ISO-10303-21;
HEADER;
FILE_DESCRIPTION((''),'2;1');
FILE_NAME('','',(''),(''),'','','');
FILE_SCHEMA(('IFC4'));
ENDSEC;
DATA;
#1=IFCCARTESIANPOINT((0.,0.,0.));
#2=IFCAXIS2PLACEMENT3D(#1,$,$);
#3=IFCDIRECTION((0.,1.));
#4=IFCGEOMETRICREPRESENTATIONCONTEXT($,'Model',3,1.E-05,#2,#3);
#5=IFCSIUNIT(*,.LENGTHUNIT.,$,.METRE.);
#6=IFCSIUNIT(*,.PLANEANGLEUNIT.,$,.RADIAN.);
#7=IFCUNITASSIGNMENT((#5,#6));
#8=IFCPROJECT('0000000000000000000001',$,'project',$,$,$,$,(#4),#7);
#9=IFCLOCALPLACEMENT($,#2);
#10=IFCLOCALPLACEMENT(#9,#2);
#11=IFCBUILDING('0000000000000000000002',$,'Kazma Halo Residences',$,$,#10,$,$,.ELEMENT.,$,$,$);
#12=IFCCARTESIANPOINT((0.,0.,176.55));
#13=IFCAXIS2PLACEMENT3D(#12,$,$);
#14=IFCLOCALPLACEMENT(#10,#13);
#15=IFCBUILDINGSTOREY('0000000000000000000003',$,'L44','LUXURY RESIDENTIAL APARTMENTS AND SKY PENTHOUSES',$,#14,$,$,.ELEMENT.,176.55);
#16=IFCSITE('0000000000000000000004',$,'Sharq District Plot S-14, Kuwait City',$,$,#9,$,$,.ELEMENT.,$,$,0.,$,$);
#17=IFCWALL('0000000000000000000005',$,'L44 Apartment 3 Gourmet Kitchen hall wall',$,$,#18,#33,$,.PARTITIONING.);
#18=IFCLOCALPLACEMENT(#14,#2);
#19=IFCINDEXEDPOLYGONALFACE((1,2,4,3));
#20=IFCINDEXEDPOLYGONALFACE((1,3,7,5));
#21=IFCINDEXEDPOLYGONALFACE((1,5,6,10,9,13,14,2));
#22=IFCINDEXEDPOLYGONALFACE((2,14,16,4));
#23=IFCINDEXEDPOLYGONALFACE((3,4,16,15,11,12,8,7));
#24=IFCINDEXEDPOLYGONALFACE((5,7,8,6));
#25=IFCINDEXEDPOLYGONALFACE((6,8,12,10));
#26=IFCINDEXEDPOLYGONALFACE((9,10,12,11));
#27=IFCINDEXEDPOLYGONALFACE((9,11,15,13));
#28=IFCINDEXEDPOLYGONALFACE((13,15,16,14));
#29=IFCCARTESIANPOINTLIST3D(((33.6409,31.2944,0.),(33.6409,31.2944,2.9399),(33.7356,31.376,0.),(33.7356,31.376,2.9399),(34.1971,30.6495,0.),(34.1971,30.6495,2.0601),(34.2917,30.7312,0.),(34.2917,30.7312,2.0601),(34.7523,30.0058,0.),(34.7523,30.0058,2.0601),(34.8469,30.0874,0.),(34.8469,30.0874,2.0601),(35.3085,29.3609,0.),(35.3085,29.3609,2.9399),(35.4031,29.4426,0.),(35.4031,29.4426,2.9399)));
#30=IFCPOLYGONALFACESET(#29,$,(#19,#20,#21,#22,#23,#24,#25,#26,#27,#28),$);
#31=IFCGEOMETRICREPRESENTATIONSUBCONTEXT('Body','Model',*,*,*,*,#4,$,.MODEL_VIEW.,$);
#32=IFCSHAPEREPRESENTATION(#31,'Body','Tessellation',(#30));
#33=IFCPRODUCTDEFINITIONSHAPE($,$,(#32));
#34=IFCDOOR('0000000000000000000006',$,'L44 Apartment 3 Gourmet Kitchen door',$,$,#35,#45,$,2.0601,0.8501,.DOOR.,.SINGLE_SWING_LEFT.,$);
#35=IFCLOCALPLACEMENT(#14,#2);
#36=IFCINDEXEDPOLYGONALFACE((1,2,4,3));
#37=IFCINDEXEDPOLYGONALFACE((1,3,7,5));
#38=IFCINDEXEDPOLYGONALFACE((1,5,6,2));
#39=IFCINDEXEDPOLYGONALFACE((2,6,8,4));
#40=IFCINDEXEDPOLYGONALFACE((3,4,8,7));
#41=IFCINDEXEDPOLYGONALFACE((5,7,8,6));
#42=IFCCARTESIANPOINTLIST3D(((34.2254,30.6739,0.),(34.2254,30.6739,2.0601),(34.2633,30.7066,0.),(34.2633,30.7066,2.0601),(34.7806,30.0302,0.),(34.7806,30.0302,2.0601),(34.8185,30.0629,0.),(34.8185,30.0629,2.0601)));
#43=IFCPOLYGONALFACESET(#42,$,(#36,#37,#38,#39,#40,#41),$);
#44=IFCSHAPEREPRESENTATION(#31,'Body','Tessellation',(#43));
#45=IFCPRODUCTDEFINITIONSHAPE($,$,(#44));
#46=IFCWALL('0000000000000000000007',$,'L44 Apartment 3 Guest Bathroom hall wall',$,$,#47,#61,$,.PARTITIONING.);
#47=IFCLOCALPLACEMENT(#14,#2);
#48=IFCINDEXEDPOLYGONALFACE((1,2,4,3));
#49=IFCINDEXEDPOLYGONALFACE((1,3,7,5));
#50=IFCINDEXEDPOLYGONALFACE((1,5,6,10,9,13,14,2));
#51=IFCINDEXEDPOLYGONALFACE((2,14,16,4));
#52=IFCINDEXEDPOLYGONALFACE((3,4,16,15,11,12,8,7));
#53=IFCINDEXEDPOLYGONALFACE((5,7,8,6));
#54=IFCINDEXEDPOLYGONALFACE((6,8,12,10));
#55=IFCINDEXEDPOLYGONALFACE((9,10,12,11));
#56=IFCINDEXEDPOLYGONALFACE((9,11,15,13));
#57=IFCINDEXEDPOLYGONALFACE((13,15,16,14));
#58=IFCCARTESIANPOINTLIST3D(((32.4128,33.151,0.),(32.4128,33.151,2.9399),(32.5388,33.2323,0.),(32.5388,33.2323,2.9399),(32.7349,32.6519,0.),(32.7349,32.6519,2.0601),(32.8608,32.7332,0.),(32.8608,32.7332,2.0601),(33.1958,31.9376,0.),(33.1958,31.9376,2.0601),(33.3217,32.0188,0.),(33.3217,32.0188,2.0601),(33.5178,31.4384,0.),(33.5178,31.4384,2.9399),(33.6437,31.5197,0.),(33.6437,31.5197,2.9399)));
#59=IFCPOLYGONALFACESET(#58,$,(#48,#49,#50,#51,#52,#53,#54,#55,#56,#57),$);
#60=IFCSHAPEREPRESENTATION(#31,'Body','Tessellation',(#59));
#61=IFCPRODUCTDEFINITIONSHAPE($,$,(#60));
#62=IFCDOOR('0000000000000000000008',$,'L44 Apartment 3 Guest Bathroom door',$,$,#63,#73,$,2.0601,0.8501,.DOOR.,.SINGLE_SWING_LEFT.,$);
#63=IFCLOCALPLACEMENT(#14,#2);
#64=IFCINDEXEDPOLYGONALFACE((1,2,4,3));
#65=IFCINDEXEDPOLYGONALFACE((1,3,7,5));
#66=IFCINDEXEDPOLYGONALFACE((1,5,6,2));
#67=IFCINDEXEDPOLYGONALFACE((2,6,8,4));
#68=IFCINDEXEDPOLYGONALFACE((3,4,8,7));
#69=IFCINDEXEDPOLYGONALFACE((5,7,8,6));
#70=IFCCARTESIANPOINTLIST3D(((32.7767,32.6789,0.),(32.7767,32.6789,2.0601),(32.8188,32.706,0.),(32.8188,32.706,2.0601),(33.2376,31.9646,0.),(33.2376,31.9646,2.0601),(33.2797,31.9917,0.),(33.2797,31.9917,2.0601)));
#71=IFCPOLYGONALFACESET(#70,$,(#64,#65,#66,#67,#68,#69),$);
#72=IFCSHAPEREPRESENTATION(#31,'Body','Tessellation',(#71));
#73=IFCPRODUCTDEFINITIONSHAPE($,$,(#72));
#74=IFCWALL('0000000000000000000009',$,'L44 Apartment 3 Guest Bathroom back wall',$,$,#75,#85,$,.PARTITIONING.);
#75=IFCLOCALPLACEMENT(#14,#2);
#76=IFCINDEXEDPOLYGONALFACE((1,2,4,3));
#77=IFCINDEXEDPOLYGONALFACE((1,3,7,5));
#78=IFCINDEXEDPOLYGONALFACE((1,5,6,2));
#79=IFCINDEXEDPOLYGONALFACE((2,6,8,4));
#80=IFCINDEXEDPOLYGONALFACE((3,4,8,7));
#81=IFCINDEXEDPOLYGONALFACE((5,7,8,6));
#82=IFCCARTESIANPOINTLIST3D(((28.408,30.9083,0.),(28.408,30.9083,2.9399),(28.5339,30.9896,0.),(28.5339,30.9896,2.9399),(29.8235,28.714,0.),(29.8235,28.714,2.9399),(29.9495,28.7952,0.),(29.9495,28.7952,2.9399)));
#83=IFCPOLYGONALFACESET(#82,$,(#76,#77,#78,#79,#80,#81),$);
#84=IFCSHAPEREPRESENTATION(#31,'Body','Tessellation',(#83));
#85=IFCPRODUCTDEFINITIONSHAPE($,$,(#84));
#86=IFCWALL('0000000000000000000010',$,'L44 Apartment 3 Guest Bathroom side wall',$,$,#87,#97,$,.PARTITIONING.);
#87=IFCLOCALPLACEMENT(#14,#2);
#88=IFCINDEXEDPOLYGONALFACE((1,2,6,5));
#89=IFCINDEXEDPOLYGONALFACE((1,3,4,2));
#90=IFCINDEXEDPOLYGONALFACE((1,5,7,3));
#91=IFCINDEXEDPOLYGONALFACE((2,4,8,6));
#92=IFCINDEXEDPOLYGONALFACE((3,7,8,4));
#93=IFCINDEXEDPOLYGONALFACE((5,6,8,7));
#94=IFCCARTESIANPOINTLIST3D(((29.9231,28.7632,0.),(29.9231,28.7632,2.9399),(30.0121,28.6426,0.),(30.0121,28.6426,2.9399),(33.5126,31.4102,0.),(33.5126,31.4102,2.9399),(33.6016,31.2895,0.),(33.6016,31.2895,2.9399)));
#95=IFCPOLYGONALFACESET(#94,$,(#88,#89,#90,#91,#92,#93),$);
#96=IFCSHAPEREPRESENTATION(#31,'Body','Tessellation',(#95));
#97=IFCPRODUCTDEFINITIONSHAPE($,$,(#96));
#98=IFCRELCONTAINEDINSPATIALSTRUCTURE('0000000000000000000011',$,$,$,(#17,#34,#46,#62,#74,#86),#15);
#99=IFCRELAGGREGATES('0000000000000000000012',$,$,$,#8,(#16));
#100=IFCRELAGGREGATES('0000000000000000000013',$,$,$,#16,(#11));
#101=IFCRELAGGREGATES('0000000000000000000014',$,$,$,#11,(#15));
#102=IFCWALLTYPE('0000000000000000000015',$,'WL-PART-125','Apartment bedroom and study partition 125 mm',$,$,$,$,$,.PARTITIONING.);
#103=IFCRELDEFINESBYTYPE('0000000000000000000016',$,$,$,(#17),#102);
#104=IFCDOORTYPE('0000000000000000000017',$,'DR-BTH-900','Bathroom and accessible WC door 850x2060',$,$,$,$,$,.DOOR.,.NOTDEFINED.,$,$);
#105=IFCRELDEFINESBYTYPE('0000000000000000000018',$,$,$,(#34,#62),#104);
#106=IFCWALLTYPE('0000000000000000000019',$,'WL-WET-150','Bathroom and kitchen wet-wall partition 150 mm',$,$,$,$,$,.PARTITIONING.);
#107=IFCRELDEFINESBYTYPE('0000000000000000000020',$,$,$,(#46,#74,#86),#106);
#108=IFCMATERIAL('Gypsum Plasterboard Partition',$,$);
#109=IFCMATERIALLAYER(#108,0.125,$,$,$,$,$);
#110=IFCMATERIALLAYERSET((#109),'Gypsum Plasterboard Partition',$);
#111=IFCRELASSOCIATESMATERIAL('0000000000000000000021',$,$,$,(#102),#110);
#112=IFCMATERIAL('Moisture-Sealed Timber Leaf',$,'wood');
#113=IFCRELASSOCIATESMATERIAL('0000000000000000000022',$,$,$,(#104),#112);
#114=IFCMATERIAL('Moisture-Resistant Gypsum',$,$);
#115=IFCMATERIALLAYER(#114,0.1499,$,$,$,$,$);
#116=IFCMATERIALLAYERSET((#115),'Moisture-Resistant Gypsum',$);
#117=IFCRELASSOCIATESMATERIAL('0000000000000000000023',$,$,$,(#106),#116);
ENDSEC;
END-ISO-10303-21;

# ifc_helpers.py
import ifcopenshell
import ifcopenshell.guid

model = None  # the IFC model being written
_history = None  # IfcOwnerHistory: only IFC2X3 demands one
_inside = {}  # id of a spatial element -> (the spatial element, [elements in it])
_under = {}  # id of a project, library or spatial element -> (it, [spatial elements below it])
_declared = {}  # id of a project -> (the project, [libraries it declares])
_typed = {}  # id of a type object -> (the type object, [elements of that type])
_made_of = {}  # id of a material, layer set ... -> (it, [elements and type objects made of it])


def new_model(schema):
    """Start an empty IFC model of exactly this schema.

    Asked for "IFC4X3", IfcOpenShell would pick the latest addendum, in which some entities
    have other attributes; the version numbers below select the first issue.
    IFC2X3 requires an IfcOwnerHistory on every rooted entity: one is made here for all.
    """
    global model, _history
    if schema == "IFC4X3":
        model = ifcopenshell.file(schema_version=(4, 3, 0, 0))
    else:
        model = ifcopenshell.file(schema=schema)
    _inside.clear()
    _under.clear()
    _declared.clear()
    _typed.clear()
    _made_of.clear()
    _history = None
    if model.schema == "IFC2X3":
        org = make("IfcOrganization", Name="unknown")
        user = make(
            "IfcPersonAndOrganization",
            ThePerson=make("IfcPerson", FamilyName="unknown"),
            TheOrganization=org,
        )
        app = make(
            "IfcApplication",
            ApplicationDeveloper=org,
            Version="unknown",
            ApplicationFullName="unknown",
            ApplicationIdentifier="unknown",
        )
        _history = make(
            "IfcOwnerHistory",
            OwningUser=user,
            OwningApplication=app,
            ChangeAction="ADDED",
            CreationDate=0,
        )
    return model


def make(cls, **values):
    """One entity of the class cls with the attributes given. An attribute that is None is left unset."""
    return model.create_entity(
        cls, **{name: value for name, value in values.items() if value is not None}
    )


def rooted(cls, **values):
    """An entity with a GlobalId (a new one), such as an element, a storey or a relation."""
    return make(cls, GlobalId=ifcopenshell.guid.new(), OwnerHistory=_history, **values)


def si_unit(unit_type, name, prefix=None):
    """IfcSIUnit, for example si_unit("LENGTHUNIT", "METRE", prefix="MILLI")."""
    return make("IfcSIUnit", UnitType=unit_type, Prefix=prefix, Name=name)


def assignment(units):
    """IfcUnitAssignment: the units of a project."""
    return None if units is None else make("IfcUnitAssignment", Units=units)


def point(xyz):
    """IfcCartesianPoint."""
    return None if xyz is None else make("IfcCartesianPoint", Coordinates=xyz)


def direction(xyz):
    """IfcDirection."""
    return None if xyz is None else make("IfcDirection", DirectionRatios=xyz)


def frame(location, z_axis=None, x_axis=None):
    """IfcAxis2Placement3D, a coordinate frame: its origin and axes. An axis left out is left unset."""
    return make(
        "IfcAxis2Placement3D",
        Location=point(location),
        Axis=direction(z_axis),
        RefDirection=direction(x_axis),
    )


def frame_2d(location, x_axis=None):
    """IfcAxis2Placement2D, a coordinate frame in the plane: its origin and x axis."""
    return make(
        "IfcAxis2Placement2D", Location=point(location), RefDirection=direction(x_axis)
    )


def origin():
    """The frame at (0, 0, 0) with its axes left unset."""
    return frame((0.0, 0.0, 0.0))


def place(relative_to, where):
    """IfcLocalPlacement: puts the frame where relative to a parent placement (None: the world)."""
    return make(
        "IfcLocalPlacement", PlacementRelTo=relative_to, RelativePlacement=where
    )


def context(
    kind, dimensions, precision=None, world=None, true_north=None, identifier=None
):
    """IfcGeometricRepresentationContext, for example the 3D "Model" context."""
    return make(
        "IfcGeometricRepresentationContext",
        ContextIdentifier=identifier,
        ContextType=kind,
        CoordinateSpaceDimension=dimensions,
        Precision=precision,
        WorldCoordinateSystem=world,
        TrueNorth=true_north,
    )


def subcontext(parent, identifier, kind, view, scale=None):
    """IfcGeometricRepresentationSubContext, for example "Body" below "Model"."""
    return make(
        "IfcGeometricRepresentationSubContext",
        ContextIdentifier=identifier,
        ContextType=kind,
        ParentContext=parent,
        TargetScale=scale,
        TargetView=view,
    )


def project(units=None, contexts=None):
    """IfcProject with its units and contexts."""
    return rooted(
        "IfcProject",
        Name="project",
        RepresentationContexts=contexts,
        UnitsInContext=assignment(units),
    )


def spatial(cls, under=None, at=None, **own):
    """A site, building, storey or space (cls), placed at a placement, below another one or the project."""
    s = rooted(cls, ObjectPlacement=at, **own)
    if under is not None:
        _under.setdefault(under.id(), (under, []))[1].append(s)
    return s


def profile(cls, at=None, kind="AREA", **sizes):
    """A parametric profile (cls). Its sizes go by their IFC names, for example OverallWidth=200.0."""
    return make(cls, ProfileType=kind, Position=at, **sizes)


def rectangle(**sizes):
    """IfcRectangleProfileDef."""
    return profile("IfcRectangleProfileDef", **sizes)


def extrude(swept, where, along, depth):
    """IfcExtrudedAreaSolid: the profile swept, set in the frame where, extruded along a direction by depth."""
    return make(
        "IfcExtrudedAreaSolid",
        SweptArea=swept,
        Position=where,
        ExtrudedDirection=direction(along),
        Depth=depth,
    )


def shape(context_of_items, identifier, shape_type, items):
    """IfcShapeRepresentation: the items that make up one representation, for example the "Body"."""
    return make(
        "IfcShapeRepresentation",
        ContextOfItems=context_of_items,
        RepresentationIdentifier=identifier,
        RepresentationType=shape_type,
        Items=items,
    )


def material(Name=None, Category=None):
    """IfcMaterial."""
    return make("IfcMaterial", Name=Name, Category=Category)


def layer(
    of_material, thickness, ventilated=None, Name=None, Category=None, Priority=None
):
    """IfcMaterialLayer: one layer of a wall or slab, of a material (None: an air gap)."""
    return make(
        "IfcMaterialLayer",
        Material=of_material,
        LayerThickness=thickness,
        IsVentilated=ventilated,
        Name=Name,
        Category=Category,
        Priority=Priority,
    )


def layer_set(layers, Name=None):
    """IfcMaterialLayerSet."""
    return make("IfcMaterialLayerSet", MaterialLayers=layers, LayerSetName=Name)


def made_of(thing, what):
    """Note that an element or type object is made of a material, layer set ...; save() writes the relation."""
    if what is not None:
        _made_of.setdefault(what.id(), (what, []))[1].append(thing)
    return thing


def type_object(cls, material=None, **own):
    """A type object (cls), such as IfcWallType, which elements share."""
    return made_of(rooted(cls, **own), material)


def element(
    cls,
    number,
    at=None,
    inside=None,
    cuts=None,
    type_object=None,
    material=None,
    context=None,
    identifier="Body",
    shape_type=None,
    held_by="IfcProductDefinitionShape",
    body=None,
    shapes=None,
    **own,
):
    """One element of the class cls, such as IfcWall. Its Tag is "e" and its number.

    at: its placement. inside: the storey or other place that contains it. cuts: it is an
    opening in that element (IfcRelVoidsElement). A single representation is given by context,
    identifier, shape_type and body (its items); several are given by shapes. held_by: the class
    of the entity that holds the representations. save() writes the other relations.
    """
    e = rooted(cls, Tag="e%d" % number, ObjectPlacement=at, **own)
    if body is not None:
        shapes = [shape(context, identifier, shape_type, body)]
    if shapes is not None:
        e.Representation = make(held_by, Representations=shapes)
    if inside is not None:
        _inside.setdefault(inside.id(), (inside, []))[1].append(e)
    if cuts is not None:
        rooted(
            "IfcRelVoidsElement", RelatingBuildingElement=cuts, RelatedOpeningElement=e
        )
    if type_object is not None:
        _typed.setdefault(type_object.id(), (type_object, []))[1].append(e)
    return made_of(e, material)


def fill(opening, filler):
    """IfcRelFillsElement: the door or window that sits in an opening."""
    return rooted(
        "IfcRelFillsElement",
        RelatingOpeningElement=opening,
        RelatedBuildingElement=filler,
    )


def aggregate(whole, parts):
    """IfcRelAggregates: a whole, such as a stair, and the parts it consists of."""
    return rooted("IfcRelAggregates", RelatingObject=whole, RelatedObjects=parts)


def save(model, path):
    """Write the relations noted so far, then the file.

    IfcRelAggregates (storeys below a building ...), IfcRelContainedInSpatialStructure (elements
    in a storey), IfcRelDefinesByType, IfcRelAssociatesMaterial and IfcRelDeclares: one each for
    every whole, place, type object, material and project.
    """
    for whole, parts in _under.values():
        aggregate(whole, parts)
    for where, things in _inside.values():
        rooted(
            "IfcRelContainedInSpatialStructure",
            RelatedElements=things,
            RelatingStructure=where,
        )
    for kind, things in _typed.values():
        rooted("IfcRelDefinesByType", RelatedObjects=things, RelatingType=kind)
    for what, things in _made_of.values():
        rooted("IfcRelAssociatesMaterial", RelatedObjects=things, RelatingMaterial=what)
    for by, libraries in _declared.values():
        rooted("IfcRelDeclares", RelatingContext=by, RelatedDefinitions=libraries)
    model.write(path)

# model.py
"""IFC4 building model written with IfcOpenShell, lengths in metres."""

from ifc_helpers import new_model, si_unit, direction, frame, frame_2d, origin, place, context, subcontext, project, spatial, rectangle, extrude, material, layer, layer_set, type_object, element, fill, save


model = new_model("IFC4")

# Units and contexts
model_context = context("Model", 3, precision=1e-05, world=origin(), true_north=direction((0.0, 1.0)))
body_context = subcontext(model_context, "Body", "Model", "MODEL_VIEW")
ifc_project = project(units=[si_unit("LENGTHUNIT", "METRE"), si_unit("PLANEANGLEUNIT", "RADIAN")], contexts=[model_context])

# Site, building, storey
site_placement = place(None, origin())
site = spatial("IfcSite", under=ifc_project, at=site_placement, Name="Sharq District Plot S-14, Kuwait City", CompositionType="ELEMENT", RefElevation=0.0)
building_placement = place(site_placement, origin())
building = spatial("IfcBuilding", under=site, at=building_placement, Name="Kazma Halo Residences", CompositionType="ELEMENT")
storey_placement = place(building_placement, frame((0.0, 0.0, 176.55)))
storey = spatial("IfcBuildingStorey", under=building, at=storey_placement, Name="L44", Description="LUXURY RESIDENTIAL APARTMENTS AND SKY PENTHOUSES", CompositionType="ELEMENT", Elevation=176.55)

# Shared definitions
ifc_material_1 = material(Name="Gypsum Plasterboard Partition")
ifc_layer_1 = layer(ifc_material_1, 0.125)
ifc_layer_set_1 = layer_set([ifc_layer_1], Name="Gypsum Plasterboard Partition")
wall_type_1 = type_object("IfcWallType", Name="WL-PART-125", Description="Apartment bedroom and study partition 125 mm", PredefinedType="PARTITIONING", material=ifc_layer_set_1)

# Walls, openings, doors
ifc_material_2 = material(Name="Moisture-Sealed Timber Leaf", Category="wood")
door_type = type_object("IfcDoorType", Name="DR-BTH-900", Description="Bathroom and accessible WC door 850x2060", OperationType="NOTDEFINED", PredefinedType="DOOR", material=ifc_material_2)
wall_1_placement = place(storey_placement, frame((33.6882, 31.3352, 0.0), z_axis=(0.0, 0.0, 1.0), x_axis=(0.653119, -0.757255, 0.0)))
wall_1 = element("IfcWall", 1, at=wall_1_placement, inside=storey, type_object=wall_type_1, Name="L44 Apartment 3 Gourmet Kitchen hall wall", PredefinedType="PARTITIONING", context=body_context, shape_type="SweptSolid", body=[
    extrude(rectangle(XDim=2.5532, YDim=0.125, at=frame_2d((1.2766, 0.0))), origin(), (0.0, 0.0, 1.0), 2.9399),
])
opening_1_placement = place(wall_1_placement, frame((0.8516, 0.0, 0.0)))
opening_1 = element("IfcOpeningElement", 2, at=opening_1_placement, cuts=wall_1, PredefinedType="OPENING", context=body_context, shape_type="SweptSolid", body=[
    extrude(rectangle(XDim=0.8501, YDim=2.0601, at=frame_2d((0.425, 1.03))), frame((0.0, 0.0725, 0.0), z_axis=(0.0, -1.0, 0.0), x_axis=(1.0, 0.0, 0.0)), (0.0, 0.0, 1.0), 0.145),
])
door_1_placement = place(opening_1_placement, origin())
door_1 = element("IfcDoor", 3, at=door_1_placement, inside=storey, type_object=door_type, Name="L44 Apartment 3 Gourmet Kitchen door", OperationType="SINGLE_SWING_LEFT", OverallHeight=2.0601, OverallWidth=0.8501, PredefinedType="DOOR", context=body_context, shape_type="SweptSolid", body=[
    extrude(rectangle(XDim=0.8501, YDim=2.0601, at=frame_2d((0.425, 1.03))), frame((0.0, 0.0249, 0.0), z_axis=(0.0, -1.0, 0.0), x_axis=(1.0, 0.0, 0.0)), (0.0, 0.0, 1.0), 0.05),
])
fill(opening_1, door_1)
ifc_material_3 = material(Name="Moisture-Resistant Gypsum")
ifc_layer_2 = layer(ifc_material_3, 0.1499)
ifc_layer_set_2 = layer_set([ifc_layer_2], Name="Moisture-Resistant Gypsum")
wall_type_2 = type_object("IfcWallType", Name="WL-WET-150", Description="Bathroom and kitchen wet-wall partition 150 mm", PredefinedType="PARTITIONING", material=ifc_layer_set_2)
wall_2_placement = place(storey_placement, frame((32.4758, 33.1917, 0.0), z_axis=(0.0, 0.0, 1.0), x_axis=(0.542143, -0.840286, 0.0)))
wall_2 = element("IfcWall", 4, at=wall_2_placement, inside=storey, type_object=wall_type_2, Name="L44 Apartment 3 Guest Bathroom hall wall", PredefinedType="PARTITIONING", context=body_context, shape_type="SweptSolid", body=[
    extrude(rectangle(XDim=2.0381, YDim=0.1499, at=frame_2d((1.019, 0.0))), origin(), (0.0, 0.0, 1.0), 2.9399),
])
opening_2_placement = place(wall_2_placement, frame((0.594, 0.0, 0.0)))
opening_2 = element("IfcOpeningElement", 5, at=opening_2_placement, cuts=wall_2, PredefinedType="OPENING", context=body_context, shape_type="SweptSolid", body=[
    extrude(rectangle(XDim=0.8501, YDim=2.0601, at=frame_2d((0.425, 1.03))), frame((0.0, 0.085, 0.0), z_axis=(0.0, -1.0, 0.0), x_axis=(1.0, 0.0, 0.0)), (0.0, 0.0, 1.0), 0.1699),
])
door_2_placement = place(opening_2_placement, origin())
door_2 = element("IfcDoor", 6, at=door_2_placement, inside=storey, type_object=door_type, Name="L44 Apartment 3 Guest Bathroom door", OperationType="SINGLE_SWING_LEFT", OverallHeight=2.0601, OverallWidth=0.8501, PredefinedType="DOOR", context=body_context, shape_type="SweptSolid", body=[
    extrude(rectangle(XDim=0.8501, YDim=2.0601, at=frame_2d((0.425, 1.03))), frame((0.0, 0.0249, 0.0), z_axis=(0.0, -1.0, 0.0), x_axis=(1.0, 0.0, 0.0)), (0.0, 0.0, 1.0), 0.05),
])
fill(opening_2, door_2)

# Walls
wall_3_placement = place(storey_placement, frame((28.4709, 30.949, 0.0), z_axis=(0.0, 0.0, 1.0), x_axis=(0.54208, -0.840327, 0.0)))
element("IfcWall", 7, at=wall_3_placement, inside=storey, type_object=wall_type_2, Name="L44 Apartment 3 Guest Bathroom back wall", PredefinedType="PARTITIONING", context=body_context, shape_type="SweptSolid", body=[
    extrude(rectangle(XDim=2.6113, YDim=0.1499, at=frame_2d((1.3057, 0.0))), origin(), (0.0, 0.0, 1.0), 2.9399),
])
wall_4_placement = place(storey_placement, frame((33.5571, 31.3499, 0.0), z_axis=(0.0, 0.0, 1.0), x_axis=(-0.804841, -0.59349, 0.0)))
element("IfcWall", 8, at=wall_4_placement, inside=storey, type_object=wall_type_2, Name="L44 Apartment 3 Guest Bathroom side wall", PredefinedType="PARTITIONING", context=body_context, shape_type="SweptSolid", body=[
    extrude(rectangle(XDim=4.46, YDim=0.1499, at=frame_2d((2.23, 0.0))), origin(), (0.0, 0.0, 1.0), 2.9399),
])

save(model, "model.ifc")
